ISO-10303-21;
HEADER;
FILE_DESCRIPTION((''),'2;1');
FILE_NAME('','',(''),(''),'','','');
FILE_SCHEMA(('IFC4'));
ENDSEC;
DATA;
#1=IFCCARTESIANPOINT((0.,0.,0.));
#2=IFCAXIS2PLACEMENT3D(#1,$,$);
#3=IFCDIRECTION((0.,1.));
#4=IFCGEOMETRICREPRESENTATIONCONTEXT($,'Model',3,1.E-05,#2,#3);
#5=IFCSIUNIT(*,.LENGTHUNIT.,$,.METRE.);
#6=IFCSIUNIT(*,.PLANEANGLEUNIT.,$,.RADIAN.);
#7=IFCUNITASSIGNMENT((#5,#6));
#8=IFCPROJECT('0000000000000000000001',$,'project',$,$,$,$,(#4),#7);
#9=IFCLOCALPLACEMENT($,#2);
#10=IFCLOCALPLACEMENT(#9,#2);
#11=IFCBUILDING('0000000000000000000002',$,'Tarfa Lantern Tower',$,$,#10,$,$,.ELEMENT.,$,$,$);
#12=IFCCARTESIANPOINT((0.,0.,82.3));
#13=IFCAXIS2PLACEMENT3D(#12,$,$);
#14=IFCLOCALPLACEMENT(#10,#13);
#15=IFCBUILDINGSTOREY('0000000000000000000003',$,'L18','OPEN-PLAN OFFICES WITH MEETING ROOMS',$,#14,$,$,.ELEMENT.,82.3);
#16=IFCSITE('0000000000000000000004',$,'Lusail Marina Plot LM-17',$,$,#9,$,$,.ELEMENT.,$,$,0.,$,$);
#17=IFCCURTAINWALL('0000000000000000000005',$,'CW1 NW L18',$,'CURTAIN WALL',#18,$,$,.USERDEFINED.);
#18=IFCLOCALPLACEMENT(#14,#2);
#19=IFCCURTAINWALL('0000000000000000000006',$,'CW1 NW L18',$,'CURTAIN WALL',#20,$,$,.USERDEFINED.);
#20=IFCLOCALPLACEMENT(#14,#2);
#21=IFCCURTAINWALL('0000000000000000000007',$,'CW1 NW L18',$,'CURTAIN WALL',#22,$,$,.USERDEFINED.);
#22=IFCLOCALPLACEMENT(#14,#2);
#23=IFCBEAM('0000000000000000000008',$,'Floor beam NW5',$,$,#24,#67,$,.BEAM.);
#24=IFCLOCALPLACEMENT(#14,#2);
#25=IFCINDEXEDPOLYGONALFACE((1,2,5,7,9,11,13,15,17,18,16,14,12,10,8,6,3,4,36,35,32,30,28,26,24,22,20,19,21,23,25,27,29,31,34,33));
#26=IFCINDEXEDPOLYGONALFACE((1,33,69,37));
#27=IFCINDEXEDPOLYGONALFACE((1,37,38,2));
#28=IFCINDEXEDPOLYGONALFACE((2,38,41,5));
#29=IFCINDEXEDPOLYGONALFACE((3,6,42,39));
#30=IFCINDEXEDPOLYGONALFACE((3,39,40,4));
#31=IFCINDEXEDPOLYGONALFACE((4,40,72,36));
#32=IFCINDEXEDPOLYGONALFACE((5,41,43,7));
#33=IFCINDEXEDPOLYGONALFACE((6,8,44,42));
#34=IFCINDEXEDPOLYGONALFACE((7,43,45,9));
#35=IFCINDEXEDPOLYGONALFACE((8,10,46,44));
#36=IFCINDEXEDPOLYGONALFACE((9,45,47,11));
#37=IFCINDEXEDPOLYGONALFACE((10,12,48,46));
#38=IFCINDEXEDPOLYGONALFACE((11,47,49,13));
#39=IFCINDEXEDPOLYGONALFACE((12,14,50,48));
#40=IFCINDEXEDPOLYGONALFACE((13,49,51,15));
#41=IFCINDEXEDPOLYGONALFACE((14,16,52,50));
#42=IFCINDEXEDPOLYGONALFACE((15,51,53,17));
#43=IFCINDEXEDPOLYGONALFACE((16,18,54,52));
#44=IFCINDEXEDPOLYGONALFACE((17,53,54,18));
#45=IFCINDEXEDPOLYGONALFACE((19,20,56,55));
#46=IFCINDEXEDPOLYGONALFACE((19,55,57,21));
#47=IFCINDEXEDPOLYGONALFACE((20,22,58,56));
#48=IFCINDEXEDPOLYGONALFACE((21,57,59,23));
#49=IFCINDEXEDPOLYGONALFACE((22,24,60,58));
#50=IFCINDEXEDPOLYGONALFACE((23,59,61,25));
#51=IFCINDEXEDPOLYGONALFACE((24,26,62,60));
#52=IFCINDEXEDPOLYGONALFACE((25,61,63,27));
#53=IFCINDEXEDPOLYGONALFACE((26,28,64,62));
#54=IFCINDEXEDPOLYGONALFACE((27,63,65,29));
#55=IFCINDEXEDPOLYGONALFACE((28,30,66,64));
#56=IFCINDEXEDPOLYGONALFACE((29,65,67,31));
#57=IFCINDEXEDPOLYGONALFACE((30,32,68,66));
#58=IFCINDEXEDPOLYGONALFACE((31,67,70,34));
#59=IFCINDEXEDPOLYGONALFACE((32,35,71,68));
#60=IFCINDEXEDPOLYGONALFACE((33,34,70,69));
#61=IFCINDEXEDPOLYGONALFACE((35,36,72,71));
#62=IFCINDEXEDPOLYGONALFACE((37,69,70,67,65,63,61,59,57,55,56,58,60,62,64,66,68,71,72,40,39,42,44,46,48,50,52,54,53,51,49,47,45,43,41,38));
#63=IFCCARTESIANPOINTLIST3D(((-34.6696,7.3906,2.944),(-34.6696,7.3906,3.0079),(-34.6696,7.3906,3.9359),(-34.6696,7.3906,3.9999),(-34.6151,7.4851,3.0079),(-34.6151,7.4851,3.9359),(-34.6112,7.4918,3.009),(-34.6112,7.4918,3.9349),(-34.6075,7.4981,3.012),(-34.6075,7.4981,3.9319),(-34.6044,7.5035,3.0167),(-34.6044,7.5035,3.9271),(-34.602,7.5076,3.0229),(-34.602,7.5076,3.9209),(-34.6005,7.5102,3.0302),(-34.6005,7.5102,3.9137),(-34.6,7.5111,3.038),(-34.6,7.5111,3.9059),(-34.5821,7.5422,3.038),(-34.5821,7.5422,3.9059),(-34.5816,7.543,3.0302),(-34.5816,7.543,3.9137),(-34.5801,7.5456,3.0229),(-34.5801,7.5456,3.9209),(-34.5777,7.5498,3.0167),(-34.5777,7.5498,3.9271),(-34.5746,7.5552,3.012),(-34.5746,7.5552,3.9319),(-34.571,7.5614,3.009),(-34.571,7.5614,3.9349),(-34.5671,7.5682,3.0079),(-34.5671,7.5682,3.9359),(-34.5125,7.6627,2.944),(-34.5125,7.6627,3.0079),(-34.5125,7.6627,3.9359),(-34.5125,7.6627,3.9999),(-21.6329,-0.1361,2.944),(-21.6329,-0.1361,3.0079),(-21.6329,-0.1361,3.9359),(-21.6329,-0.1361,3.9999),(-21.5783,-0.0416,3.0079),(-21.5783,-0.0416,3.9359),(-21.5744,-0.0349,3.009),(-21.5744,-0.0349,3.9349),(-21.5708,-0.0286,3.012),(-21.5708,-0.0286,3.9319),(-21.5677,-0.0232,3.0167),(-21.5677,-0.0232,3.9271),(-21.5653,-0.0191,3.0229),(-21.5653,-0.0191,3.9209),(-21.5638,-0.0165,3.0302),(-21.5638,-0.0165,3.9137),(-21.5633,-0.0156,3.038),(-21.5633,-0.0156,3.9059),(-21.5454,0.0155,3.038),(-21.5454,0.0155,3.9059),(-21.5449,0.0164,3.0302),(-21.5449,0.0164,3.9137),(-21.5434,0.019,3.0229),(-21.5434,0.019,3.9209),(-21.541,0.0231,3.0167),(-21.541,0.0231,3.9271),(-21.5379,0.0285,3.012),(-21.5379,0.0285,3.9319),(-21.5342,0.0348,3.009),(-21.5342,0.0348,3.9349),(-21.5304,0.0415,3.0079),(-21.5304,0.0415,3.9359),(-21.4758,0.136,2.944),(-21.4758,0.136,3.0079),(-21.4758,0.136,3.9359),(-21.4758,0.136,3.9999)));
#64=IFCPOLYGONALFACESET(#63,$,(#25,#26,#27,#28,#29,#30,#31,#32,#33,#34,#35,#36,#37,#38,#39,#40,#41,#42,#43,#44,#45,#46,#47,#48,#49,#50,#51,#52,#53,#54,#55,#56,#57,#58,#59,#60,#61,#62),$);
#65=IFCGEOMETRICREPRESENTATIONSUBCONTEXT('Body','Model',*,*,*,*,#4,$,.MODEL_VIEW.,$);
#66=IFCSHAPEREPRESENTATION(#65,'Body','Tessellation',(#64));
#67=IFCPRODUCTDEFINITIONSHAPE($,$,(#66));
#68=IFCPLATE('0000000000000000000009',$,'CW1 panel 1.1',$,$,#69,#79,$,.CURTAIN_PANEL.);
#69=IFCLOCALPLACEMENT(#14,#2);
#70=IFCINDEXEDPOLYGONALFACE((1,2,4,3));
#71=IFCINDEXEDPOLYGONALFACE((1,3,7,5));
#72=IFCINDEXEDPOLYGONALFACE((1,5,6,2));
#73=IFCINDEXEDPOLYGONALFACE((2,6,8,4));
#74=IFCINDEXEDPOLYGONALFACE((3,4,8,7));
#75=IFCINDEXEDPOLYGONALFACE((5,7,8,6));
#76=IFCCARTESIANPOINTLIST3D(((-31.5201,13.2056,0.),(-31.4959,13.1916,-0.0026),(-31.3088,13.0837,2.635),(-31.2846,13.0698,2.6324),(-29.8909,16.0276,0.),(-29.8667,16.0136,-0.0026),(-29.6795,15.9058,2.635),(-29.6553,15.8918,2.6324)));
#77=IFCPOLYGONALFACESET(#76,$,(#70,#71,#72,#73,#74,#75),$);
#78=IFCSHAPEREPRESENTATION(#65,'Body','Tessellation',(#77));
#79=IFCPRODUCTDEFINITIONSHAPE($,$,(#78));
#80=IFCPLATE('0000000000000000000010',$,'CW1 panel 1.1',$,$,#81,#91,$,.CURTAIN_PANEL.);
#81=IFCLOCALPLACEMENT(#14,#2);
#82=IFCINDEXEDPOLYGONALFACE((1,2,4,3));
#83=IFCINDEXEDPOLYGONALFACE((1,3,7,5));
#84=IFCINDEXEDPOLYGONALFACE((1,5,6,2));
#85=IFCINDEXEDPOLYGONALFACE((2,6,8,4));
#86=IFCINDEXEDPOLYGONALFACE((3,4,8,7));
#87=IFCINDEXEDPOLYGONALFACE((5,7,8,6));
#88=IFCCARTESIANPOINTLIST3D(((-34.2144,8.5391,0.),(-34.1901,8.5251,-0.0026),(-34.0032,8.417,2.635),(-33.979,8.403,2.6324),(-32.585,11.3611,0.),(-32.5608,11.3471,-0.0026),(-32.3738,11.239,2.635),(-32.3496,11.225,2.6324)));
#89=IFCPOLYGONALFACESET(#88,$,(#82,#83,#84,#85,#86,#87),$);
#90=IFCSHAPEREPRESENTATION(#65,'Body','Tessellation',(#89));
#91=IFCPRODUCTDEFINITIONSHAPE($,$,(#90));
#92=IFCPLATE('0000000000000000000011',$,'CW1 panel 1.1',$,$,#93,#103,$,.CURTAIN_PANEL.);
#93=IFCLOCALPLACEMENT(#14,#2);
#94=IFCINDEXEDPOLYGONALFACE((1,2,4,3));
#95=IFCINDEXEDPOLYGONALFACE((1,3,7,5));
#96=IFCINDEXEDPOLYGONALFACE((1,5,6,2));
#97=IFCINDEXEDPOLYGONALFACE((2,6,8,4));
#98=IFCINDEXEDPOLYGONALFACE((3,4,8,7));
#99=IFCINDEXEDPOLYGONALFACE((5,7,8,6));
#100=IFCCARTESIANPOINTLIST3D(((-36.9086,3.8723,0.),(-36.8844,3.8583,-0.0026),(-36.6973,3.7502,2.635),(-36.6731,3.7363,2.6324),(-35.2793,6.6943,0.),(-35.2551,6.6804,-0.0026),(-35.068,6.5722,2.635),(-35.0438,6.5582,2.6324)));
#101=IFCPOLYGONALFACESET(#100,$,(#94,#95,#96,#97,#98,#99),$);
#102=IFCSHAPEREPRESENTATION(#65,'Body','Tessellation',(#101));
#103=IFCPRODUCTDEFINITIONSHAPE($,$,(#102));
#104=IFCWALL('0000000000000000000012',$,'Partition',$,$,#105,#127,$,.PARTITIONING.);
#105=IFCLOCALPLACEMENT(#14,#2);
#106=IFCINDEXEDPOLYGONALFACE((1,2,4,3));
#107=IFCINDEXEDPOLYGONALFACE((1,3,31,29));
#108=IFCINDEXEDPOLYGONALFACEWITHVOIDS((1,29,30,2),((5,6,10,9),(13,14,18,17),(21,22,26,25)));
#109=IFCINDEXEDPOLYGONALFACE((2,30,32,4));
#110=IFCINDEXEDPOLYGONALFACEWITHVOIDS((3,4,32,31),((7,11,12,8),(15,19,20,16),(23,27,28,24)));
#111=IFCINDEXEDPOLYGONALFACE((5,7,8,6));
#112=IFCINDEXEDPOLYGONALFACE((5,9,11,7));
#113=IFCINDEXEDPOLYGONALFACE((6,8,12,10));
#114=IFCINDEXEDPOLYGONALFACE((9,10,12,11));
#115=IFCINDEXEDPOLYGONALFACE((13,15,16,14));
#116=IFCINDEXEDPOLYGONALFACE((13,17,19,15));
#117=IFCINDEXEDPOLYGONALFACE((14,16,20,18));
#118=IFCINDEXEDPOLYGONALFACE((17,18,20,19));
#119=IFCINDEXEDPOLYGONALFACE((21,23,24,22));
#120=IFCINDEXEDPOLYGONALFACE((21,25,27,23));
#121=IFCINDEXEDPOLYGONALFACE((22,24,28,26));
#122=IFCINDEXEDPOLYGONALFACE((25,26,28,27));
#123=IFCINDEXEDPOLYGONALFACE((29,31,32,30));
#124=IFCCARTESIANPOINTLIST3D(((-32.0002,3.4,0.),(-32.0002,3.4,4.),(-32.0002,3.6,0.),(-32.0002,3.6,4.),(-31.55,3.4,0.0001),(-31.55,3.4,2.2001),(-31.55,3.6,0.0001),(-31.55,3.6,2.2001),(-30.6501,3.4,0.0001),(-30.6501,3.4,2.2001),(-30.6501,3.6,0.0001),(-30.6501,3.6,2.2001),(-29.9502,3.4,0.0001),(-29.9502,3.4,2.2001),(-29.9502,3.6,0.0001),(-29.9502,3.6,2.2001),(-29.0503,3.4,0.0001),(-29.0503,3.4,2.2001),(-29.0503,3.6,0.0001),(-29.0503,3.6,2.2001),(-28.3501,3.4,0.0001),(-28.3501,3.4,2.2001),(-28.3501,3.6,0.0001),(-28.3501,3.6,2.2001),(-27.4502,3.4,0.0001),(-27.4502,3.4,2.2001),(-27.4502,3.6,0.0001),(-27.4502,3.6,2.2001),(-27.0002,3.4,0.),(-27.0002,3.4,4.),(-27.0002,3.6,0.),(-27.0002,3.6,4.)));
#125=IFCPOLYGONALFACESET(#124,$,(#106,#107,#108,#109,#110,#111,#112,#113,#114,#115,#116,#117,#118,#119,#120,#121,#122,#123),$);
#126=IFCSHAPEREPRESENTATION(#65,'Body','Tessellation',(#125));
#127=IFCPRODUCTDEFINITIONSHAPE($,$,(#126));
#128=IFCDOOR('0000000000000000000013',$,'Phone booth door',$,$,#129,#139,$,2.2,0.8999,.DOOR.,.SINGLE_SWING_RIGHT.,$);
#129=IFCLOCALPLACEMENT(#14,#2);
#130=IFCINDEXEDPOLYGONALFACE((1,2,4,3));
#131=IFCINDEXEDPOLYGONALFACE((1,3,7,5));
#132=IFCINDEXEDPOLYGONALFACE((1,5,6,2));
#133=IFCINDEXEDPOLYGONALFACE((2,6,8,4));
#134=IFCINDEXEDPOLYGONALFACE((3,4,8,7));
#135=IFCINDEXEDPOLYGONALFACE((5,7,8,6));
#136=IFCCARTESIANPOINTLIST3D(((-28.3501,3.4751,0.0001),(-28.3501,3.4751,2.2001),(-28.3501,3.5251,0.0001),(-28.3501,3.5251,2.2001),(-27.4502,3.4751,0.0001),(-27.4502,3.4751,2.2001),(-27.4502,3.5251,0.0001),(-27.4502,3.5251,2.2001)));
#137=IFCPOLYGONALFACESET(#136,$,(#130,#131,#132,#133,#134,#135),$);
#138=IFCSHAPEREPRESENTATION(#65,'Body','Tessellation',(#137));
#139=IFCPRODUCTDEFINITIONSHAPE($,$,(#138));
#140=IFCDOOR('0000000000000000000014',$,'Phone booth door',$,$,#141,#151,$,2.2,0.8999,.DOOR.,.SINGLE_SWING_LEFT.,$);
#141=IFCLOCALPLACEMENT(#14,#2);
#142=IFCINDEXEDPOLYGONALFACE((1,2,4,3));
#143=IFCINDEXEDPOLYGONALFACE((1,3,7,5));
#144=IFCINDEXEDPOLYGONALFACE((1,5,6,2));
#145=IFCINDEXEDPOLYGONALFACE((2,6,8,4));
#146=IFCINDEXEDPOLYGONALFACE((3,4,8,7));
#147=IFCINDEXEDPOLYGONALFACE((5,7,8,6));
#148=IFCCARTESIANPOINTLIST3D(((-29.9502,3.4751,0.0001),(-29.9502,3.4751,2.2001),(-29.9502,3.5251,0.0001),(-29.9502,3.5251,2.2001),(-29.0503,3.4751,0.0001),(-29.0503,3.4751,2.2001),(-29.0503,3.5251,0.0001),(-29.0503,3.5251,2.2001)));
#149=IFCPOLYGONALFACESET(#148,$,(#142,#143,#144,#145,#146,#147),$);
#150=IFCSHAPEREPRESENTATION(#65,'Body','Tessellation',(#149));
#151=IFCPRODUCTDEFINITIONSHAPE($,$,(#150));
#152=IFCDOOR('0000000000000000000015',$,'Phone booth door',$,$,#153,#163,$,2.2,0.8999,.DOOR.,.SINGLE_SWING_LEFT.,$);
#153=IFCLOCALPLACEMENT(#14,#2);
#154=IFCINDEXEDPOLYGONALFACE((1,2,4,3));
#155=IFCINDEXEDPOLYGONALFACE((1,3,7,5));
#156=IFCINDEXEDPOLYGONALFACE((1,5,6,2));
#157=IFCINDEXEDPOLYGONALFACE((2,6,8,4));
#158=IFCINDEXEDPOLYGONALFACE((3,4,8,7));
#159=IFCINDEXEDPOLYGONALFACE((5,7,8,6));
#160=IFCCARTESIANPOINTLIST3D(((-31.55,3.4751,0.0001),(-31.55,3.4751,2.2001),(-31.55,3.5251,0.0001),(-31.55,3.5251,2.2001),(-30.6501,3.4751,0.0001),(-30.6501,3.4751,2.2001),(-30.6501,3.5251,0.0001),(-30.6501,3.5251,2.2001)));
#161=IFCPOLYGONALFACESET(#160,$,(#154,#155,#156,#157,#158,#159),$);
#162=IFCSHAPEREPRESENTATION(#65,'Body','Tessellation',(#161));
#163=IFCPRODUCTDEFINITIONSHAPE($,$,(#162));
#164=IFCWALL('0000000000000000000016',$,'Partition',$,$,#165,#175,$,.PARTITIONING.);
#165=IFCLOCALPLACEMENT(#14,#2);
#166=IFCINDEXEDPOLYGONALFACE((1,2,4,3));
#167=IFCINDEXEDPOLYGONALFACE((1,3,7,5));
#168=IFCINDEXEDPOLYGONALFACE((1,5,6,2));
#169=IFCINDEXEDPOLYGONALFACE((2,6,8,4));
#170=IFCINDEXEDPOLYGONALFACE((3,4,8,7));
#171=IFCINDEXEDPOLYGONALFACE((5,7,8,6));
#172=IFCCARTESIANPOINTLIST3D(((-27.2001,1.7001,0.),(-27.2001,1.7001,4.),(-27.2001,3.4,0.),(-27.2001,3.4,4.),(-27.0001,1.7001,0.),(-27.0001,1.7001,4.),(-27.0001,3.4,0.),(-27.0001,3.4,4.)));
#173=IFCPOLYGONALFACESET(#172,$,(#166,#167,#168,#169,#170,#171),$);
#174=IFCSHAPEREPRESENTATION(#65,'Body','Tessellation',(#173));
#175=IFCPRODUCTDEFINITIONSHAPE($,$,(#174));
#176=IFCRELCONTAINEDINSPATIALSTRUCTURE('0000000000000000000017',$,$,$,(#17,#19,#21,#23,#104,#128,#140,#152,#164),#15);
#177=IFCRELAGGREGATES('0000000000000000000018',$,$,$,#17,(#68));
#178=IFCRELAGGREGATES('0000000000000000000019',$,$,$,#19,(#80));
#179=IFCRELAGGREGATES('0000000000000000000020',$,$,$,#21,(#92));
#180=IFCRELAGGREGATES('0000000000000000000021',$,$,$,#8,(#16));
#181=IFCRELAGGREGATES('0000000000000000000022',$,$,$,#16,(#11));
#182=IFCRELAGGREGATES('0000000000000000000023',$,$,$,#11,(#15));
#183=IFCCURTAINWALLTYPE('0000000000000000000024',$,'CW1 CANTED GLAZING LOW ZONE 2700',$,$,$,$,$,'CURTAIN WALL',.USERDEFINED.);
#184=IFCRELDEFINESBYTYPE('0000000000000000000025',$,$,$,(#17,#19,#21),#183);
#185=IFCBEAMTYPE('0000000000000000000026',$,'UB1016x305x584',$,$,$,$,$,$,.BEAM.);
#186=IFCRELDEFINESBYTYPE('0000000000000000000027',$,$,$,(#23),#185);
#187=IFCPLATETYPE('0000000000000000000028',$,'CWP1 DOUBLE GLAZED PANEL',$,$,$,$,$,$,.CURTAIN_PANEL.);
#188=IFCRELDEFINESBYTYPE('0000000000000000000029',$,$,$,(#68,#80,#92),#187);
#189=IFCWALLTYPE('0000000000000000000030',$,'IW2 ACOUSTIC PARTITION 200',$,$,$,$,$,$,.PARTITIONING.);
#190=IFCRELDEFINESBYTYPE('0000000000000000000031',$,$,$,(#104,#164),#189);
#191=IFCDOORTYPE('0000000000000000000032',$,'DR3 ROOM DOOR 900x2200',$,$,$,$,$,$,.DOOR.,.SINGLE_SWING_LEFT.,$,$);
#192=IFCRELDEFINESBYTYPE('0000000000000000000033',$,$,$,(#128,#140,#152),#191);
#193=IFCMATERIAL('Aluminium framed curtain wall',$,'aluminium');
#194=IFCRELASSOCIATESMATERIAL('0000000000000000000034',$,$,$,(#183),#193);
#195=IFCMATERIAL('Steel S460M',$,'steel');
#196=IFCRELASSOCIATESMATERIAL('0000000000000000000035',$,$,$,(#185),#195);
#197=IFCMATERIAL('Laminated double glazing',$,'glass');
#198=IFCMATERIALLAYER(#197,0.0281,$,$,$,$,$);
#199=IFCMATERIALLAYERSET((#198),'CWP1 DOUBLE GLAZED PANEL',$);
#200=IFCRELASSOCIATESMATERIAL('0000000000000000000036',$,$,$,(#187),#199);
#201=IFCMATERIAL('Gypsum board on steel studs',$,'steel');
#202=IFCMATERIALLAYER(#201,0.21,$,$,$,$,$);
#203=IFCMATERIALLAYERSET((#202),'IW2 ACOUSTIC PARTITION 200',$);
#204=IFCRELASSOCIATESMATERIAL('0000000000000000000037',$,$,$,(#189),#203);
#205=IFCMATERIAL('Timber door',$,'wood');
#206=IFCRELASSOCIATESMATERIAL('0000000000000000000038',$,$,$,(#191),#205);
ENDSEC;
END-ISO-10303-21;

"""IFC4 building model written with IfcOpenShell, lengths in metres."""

from ifc_helpers import new_model, si_unit, direction, frame, frame_2d, origin, origin_2d, place, context, subcontext, project, spatial, polyline, rectangle, i_section, outline, extrude, material, layer, layer_set, material_profile, profile_set, type_object, element, fill, aggregate, save


model = new_model("IFC4")

# Units and contexts
model_context = context("Model", 3, precision=1e-05, world=origin(), true_north=direction((0.0, 1.0)))
body_context = subcontext(model_context, "Body", "Model", "MODEL_VIEW")
ifc_project = project(units=[si_unit("LENGTHUNIT", "METRE"), si_unit("PLANEANGLEUNIT", "RADIAN")], contexts=[model_context])

# Site, building, storey
site_placement = place(None, origin())
site = spatial("IfcSite", under=ifc_project, at=site_placement, Name="Lusail Marina Plot LM-17", CompositionType="ELEMENT", RefElevation=0.0)
building_placement = place(site_placement, origin())
building = spatial("IfcBuilding", under=site, at=building_placement, Name="Tarfa Lantern Tower", CompositionType="ELEMENT")
storey_placement = place(building_placement, frame((0.0, 0.0, 82.3)))
storey = spatial("IfcBuildingStorey", under=building, at=storey_placement, Name="L18", Description="OPEN-PLAN OFFICES WITH MEETING ROOMS", CompositionType="ELEMENT", Elevation=82.3)

# Curtain wall
ifc_material_1 = material(Name="Aluminium framed curtain wall", Category="aluminium")
curtain_wall_type = type_object("IfcCurtainWallType", Name="CW1 CANTED GLAZING LOW ZONE 2700", ElementType="CURTAIN WALL", PredefinedType="USERDEFINED", material=ifc_material_1)
curtain_wall_1_placement = place(storey_placement, origin())
curtain_wall_1 = element("IfcCurtainWall", 1, at=curtain_wall_1_placement, inside=storey, type_object=curtain_wall_type, Name="CW1 NW L18", ObjectType="CURTAIN WALL", PredefinedType="USERDEFINED")

# Curtain walls
curtain_wall_2_placement = place(storey_placement, origin())
curtain_wall_2 = element("IfcCurtainWall", 2, at=curtain_wall_2_placement, inside=storey, type_object=curtain_wall_type, Name="CW1 NW L18", ObjectType="CURTAIN WALL", PredefinedType="USERDEFINED")
curtain_wall_3_placement = place(storey_placement, origin())
curtain_wall_3 = element("IfcCurtainWall", 3, at=curtain_wall_3_placement, inside=storey, type_object=curtain_wall_type, Name="CW1 NW L18", ObjectType="CURTAIN WALL", PredefinedType="USERDEFINED")

# Beam
ifc_material_2 = material(Name="Steel S460M", Category="steel")
ifc_material_profile_1 = material_profile(ifc_material_2, i_section(OverallWidth=0.3142, OverallDepth=1.0559, WebThickness=0.0359, FlangeThickness=0.064, FilletRadius=0.03, at=origin_2d()), Name="UB1016x305x584")
ifc_profile_set_1 = profile_set([ifc_material_profile_1], Name="Steel S460M")
beam_type_1 = type_object("IfcBeamType", Name="UB1016x305x584", PredefinedType="BEAM", material=ifc_profile_set_1)
beam_1_placement = place(storey_placement, frame((-34.5911, 7.5266, 3.4719), z_axis=(0.866028, -0.499996, 0.0), x_axis=(0.499996, 0.866028, 0.0)))
element("IfcBeam", 4, at=beam_1_placement, inside=storey, type_object=beam_type_1, Name="Floor beam NW5", PredefinedType="BEAM", context=body_context, shape_type="SweptSolid", body=[
    extrude(i_section(OverallWidth=0.3142, OverallDepth=1.0559, WebThickness=0.0359, FlangeThickness=0.064, FilletRadius=0.03, at=origin_2d()), origin(), (0.0, 0.0, 1.0), 15.0535),
])

# Plates
ifc_material_3 = material(Name="Laminated double glazing", Category="glass")
ifc_layer_1 = layer(ifc_material_3, 0.0281)
ifc_layer_set_1 = layer_set([ifc_layer_1], Name="CWP1 DOUBLE GLAZED PANEL")
plate_type = type_object("IfcPlateType", Name="CWP1 DOUBLE GLAZED PANEL", PredefinedType="CURTAIN_PANEL", material=ifc_layer_set_1)
plate_1_placement = place(storey_placement, frame((-29.8909, 16.0276, 0.0), z_axis=(-0.862342, 0.497867, 0.09217), x_axis=(-0.499995, -0.866029, 0.000003)))
plate_1 = element("IfcPlate", 5, at=plate_1_placement, type_object=plate_type, Name="CW1 panel 1.1", PredefinedType="CURTAIN_PANEL", context=body_context, shape_type="SweptSolid", body=[
    extrude(outline(polyline([(0.0, 0.0), (3.2585, 0.0), (3.2584, 2.6463), (-0.0002, 2.6463), (0.0, 0.0)])), origin(), (0.0, 0.0, -1.0), 0.0281),
])
aggregate(curtain_wall_1, [plate_1])
plate_2_placement = place(storey_placement, frame((-32.585, 11.3611, 0.0), z_axis=(-0.862325, 0.497894, 0.092176), x_axis=(-0.500023, -0.866012, 0.0)))
plate_2 = element("IfcPlate", 6, at=plate_2_placement, type_object=plate_type, Name="CW1 panel 1.1", PredefinedType="CURTAIN_PANEL", context=body_context, shape_type="SweptSolid", body=[
    extrude(outline(polyline([(0.0, 0.0), (3.2586, 0.0), (3.2588, 2.6463), (0.0001, 2.6463), (0.0, 0.0)])), origin(), (0.0, 0.0, -1.0), 0.0281),
])
aggregate(curtain_wall_2, [plate_2])
plate_3_placement = place(storey_placement, frame((-35.2793, 6.6943, 0.0), z_axis=(-0.862338, 0.497864, 0.092216), x_axis=(-0.499995, -0.866028, -0.000003)))
plate_3 = element("IfcPlate", 7, at=plate_3_placement, type_object=plate_type, Name="CW1 panel 1.1", PredefinedType="CURTAIN_PANEL", context=body_context, shape_type="SweptSolid", body=[
    extrude(outline(polyline([(0.0, 0.0), (3.2586, 0.0), (3.2586, 2.6463), (0.0001, 2.6463), (0.0, 0.0)])), origin(), (0.0, 0.0, -1.0), 0.0281),
])
aggregate(curtain_wall_3, [plate_3])

# Wall, openings, doors
ifc_material_4 = material(Name="Gypsum board on steel studs", Category="steel")
ifc_layer_2 = layer(ifc_material_4, 0.21)
ifc_layer_set_2 = layer_set([ifc_layer_2], Name="IW2 ACOUSTIC PARTITION 200")
wall_type = type_object("IfcWallType", Name="IW2 ACOUSTIC PARTITION 200", PredefinedType="PARTITIONING", material=ifc_layer_set_2)
wall_1_placement = place(storey_placement, frame((-27.0002, 3.5, 0.0), z_axis=(0.0, 0.0, 1.0), x_axis=(-1.0, 0.0, 0.0)))
wall_1 = element("IfcWall", 8, at=wall_1_placement, inside=storey, type_object=wall_type, Name="Partition", PredefinedType="PARTITIONING", context=body_context, shape_type="SweptSolid", body=[
    extrude(rectangle(XDim=5.0, YDim=0.2, at=frame_2d((2.5, 0.0))), origin(), (0.0, 0.0, 1.0), 4.0),
])
opening_1_placement = place(wall_1_placement, frame((0.45, 0.0, 0.0)))
opening_1 = element("IfcOpeningElement", 9, at=opening_1_placement, cuts=wall_1, PredefinedType="OPENING", context=body_context, shape_type="SweptSolid", body=[
    extrude(rectangle(XDim=0.8999, YDim=2.2, at=frame_2d((0.45, 1.1001))), frame((0.0, 0.1099, 0.0), z_axis=(0.0, -1.0, 0.0), x_axis=(1.0, 0.0, 0.0)), (0.0, 0.0, 1.0), 0.22),
])
opening_2_placement = place(wall_1_placement, frame((2.05, 0.0, 0.0)))
opening_2 = element("IfcOpeningElement", 10, at=opening_2_placement, cuts=wall_1, PredefinedType="OPENING", context=body_context, shape_type="SweptSolid", body=[
    extrude(rectangle(XDim=0.8999, YDim=2.2, at=frame_2d((0.45, 1.1001))), frame((0.0, 0.1099, 0.0), z_axis=(0.0, -1.0, 0.0), x_axis=(1.0, 0.0, 0.0)), (0.0, 0.0, 1.0), 0.22),
])
opening_3_placement = place(wall_1_placement, frame((3.6499, 0.0, 0.0)))
opening_3 = element("IfcOpeningElement", 11, at=opening_3_placement, cuts=wall_1, PredefinedType="OPENING", context=body_context, shape_type="SweptSolid", body=[
    extrude(rectangle(XDim=0.8999, YDim=2.2, at=frame_2d((0.45, 1.1001))), frame((0.0, 0.1099, 0.0), z_axis=(0.0, -1.0, 0.0), x_axis=(1.0, 0.0, 0.0)), (0.0, 0.0, 1.0), 0.22),
])
ifc_material_5 = material(Name="Timber door", Category="wood")
door_type = type_object("IfcDoorType", Name="DR3 ROOM DOOR 900x2200", OperationType="SINGLE_SWING_LEFT", PredefinedType="DOOR", material=ifc_material_5)
door_1_placement = place(opening_1_placement, origin())
door_1 = element("IfcDoor", 12, at=door_1_placement, inside=storey, type_object=door_type, Name="Phone booth door", OperationType="SINGLE_SWING_RIGHT", OverallHeight=2.2, OverallWidth=0.8999, PredefinedType="DOOR", context=body_context, shape_type="SweptSolid", body=[
    extrude(rectangle(XDim=0.8999, YDim=2.2, at=frame_2d((0.45, 1.1001))), frame((0.0, 0.0249, 0.0), z_axis=(0.0, -1.0, 0.0), x_axis=(1.0, 0.0, 0.0)), (0.0, 0.0, 1.0), 0.05),
])
fill(opening_1, door_1)
door_2_placement = place(opening_2_placement, origin())
door_2 = element("IfcDoor", 13, at=door_2_placement, inside=storey, type_object=door_type, Name="Phone booth door", OperationType="SINGLE_SWING_LEFT", OverallHeight=2.2, OverallWidth=0.8999, PredefinedType="DOOR", context=body_context, shape_type="SweptSolid", body=[
    extrude(rectangle(XDim=0.8999, YDim=2.2, at=frame_2d((0.45, 1.1001))), frame((0.0, 0.0249, 0.0), z_axis=(0.0, -1.0, 0.0), x_axis=(1.0, 0.0, 0.0)), (0.0, 0.0, 1.0), 0.05),
])
fill(opening_2, door_2)
door_3_placement = place(opening_3_placement, origin())
door_3 = element("IfcDoor", 14, at=door_3_placement, inside=storey, type_object=door_type, Name="Phone booth door", OperationType="SINGLE_SWING_LEFT", OverallHeight=2.2, OverallWidth=0.8999, PredefinedType="DOOR", context=body_context, shape_type="SweptSolid", body=[
    extrude(rectangle(XDim=0.8999, YDim=2.2, at=frame_2d((0.45, 1.1001))), frame((0.0, 0.0249, 0.0), z_axis=(0.0, -1.0, 0.0), x_axis=(1.0, 0.0, 0.0)), (0.0, 0.0, 1.0), 0.05),
])
fill(opening_3, door_3)

# Wall
wall_2_placement = place(storey_placement, frame((-27.1001, 1.7, 0.0), z_axis=(0.0, 0.0, 1.0), x_axis=(0.0, 1.0, 0.0)))
element("IfcWall", 15, at=wall_2_placement, inside=storey, type_object=wall_type, Name="Partition", PredefinedType="PARTITIONING", context=body_context, shape_type="SweptSolid", body=[
    extrude(rectangle(XDim=1.7, YDim=0.2, at=frame_2d((0.8501, 0.0))), origin(), (0.0, 0.0, 1.0), 4.0),
])

save(model, "model.ifc")
